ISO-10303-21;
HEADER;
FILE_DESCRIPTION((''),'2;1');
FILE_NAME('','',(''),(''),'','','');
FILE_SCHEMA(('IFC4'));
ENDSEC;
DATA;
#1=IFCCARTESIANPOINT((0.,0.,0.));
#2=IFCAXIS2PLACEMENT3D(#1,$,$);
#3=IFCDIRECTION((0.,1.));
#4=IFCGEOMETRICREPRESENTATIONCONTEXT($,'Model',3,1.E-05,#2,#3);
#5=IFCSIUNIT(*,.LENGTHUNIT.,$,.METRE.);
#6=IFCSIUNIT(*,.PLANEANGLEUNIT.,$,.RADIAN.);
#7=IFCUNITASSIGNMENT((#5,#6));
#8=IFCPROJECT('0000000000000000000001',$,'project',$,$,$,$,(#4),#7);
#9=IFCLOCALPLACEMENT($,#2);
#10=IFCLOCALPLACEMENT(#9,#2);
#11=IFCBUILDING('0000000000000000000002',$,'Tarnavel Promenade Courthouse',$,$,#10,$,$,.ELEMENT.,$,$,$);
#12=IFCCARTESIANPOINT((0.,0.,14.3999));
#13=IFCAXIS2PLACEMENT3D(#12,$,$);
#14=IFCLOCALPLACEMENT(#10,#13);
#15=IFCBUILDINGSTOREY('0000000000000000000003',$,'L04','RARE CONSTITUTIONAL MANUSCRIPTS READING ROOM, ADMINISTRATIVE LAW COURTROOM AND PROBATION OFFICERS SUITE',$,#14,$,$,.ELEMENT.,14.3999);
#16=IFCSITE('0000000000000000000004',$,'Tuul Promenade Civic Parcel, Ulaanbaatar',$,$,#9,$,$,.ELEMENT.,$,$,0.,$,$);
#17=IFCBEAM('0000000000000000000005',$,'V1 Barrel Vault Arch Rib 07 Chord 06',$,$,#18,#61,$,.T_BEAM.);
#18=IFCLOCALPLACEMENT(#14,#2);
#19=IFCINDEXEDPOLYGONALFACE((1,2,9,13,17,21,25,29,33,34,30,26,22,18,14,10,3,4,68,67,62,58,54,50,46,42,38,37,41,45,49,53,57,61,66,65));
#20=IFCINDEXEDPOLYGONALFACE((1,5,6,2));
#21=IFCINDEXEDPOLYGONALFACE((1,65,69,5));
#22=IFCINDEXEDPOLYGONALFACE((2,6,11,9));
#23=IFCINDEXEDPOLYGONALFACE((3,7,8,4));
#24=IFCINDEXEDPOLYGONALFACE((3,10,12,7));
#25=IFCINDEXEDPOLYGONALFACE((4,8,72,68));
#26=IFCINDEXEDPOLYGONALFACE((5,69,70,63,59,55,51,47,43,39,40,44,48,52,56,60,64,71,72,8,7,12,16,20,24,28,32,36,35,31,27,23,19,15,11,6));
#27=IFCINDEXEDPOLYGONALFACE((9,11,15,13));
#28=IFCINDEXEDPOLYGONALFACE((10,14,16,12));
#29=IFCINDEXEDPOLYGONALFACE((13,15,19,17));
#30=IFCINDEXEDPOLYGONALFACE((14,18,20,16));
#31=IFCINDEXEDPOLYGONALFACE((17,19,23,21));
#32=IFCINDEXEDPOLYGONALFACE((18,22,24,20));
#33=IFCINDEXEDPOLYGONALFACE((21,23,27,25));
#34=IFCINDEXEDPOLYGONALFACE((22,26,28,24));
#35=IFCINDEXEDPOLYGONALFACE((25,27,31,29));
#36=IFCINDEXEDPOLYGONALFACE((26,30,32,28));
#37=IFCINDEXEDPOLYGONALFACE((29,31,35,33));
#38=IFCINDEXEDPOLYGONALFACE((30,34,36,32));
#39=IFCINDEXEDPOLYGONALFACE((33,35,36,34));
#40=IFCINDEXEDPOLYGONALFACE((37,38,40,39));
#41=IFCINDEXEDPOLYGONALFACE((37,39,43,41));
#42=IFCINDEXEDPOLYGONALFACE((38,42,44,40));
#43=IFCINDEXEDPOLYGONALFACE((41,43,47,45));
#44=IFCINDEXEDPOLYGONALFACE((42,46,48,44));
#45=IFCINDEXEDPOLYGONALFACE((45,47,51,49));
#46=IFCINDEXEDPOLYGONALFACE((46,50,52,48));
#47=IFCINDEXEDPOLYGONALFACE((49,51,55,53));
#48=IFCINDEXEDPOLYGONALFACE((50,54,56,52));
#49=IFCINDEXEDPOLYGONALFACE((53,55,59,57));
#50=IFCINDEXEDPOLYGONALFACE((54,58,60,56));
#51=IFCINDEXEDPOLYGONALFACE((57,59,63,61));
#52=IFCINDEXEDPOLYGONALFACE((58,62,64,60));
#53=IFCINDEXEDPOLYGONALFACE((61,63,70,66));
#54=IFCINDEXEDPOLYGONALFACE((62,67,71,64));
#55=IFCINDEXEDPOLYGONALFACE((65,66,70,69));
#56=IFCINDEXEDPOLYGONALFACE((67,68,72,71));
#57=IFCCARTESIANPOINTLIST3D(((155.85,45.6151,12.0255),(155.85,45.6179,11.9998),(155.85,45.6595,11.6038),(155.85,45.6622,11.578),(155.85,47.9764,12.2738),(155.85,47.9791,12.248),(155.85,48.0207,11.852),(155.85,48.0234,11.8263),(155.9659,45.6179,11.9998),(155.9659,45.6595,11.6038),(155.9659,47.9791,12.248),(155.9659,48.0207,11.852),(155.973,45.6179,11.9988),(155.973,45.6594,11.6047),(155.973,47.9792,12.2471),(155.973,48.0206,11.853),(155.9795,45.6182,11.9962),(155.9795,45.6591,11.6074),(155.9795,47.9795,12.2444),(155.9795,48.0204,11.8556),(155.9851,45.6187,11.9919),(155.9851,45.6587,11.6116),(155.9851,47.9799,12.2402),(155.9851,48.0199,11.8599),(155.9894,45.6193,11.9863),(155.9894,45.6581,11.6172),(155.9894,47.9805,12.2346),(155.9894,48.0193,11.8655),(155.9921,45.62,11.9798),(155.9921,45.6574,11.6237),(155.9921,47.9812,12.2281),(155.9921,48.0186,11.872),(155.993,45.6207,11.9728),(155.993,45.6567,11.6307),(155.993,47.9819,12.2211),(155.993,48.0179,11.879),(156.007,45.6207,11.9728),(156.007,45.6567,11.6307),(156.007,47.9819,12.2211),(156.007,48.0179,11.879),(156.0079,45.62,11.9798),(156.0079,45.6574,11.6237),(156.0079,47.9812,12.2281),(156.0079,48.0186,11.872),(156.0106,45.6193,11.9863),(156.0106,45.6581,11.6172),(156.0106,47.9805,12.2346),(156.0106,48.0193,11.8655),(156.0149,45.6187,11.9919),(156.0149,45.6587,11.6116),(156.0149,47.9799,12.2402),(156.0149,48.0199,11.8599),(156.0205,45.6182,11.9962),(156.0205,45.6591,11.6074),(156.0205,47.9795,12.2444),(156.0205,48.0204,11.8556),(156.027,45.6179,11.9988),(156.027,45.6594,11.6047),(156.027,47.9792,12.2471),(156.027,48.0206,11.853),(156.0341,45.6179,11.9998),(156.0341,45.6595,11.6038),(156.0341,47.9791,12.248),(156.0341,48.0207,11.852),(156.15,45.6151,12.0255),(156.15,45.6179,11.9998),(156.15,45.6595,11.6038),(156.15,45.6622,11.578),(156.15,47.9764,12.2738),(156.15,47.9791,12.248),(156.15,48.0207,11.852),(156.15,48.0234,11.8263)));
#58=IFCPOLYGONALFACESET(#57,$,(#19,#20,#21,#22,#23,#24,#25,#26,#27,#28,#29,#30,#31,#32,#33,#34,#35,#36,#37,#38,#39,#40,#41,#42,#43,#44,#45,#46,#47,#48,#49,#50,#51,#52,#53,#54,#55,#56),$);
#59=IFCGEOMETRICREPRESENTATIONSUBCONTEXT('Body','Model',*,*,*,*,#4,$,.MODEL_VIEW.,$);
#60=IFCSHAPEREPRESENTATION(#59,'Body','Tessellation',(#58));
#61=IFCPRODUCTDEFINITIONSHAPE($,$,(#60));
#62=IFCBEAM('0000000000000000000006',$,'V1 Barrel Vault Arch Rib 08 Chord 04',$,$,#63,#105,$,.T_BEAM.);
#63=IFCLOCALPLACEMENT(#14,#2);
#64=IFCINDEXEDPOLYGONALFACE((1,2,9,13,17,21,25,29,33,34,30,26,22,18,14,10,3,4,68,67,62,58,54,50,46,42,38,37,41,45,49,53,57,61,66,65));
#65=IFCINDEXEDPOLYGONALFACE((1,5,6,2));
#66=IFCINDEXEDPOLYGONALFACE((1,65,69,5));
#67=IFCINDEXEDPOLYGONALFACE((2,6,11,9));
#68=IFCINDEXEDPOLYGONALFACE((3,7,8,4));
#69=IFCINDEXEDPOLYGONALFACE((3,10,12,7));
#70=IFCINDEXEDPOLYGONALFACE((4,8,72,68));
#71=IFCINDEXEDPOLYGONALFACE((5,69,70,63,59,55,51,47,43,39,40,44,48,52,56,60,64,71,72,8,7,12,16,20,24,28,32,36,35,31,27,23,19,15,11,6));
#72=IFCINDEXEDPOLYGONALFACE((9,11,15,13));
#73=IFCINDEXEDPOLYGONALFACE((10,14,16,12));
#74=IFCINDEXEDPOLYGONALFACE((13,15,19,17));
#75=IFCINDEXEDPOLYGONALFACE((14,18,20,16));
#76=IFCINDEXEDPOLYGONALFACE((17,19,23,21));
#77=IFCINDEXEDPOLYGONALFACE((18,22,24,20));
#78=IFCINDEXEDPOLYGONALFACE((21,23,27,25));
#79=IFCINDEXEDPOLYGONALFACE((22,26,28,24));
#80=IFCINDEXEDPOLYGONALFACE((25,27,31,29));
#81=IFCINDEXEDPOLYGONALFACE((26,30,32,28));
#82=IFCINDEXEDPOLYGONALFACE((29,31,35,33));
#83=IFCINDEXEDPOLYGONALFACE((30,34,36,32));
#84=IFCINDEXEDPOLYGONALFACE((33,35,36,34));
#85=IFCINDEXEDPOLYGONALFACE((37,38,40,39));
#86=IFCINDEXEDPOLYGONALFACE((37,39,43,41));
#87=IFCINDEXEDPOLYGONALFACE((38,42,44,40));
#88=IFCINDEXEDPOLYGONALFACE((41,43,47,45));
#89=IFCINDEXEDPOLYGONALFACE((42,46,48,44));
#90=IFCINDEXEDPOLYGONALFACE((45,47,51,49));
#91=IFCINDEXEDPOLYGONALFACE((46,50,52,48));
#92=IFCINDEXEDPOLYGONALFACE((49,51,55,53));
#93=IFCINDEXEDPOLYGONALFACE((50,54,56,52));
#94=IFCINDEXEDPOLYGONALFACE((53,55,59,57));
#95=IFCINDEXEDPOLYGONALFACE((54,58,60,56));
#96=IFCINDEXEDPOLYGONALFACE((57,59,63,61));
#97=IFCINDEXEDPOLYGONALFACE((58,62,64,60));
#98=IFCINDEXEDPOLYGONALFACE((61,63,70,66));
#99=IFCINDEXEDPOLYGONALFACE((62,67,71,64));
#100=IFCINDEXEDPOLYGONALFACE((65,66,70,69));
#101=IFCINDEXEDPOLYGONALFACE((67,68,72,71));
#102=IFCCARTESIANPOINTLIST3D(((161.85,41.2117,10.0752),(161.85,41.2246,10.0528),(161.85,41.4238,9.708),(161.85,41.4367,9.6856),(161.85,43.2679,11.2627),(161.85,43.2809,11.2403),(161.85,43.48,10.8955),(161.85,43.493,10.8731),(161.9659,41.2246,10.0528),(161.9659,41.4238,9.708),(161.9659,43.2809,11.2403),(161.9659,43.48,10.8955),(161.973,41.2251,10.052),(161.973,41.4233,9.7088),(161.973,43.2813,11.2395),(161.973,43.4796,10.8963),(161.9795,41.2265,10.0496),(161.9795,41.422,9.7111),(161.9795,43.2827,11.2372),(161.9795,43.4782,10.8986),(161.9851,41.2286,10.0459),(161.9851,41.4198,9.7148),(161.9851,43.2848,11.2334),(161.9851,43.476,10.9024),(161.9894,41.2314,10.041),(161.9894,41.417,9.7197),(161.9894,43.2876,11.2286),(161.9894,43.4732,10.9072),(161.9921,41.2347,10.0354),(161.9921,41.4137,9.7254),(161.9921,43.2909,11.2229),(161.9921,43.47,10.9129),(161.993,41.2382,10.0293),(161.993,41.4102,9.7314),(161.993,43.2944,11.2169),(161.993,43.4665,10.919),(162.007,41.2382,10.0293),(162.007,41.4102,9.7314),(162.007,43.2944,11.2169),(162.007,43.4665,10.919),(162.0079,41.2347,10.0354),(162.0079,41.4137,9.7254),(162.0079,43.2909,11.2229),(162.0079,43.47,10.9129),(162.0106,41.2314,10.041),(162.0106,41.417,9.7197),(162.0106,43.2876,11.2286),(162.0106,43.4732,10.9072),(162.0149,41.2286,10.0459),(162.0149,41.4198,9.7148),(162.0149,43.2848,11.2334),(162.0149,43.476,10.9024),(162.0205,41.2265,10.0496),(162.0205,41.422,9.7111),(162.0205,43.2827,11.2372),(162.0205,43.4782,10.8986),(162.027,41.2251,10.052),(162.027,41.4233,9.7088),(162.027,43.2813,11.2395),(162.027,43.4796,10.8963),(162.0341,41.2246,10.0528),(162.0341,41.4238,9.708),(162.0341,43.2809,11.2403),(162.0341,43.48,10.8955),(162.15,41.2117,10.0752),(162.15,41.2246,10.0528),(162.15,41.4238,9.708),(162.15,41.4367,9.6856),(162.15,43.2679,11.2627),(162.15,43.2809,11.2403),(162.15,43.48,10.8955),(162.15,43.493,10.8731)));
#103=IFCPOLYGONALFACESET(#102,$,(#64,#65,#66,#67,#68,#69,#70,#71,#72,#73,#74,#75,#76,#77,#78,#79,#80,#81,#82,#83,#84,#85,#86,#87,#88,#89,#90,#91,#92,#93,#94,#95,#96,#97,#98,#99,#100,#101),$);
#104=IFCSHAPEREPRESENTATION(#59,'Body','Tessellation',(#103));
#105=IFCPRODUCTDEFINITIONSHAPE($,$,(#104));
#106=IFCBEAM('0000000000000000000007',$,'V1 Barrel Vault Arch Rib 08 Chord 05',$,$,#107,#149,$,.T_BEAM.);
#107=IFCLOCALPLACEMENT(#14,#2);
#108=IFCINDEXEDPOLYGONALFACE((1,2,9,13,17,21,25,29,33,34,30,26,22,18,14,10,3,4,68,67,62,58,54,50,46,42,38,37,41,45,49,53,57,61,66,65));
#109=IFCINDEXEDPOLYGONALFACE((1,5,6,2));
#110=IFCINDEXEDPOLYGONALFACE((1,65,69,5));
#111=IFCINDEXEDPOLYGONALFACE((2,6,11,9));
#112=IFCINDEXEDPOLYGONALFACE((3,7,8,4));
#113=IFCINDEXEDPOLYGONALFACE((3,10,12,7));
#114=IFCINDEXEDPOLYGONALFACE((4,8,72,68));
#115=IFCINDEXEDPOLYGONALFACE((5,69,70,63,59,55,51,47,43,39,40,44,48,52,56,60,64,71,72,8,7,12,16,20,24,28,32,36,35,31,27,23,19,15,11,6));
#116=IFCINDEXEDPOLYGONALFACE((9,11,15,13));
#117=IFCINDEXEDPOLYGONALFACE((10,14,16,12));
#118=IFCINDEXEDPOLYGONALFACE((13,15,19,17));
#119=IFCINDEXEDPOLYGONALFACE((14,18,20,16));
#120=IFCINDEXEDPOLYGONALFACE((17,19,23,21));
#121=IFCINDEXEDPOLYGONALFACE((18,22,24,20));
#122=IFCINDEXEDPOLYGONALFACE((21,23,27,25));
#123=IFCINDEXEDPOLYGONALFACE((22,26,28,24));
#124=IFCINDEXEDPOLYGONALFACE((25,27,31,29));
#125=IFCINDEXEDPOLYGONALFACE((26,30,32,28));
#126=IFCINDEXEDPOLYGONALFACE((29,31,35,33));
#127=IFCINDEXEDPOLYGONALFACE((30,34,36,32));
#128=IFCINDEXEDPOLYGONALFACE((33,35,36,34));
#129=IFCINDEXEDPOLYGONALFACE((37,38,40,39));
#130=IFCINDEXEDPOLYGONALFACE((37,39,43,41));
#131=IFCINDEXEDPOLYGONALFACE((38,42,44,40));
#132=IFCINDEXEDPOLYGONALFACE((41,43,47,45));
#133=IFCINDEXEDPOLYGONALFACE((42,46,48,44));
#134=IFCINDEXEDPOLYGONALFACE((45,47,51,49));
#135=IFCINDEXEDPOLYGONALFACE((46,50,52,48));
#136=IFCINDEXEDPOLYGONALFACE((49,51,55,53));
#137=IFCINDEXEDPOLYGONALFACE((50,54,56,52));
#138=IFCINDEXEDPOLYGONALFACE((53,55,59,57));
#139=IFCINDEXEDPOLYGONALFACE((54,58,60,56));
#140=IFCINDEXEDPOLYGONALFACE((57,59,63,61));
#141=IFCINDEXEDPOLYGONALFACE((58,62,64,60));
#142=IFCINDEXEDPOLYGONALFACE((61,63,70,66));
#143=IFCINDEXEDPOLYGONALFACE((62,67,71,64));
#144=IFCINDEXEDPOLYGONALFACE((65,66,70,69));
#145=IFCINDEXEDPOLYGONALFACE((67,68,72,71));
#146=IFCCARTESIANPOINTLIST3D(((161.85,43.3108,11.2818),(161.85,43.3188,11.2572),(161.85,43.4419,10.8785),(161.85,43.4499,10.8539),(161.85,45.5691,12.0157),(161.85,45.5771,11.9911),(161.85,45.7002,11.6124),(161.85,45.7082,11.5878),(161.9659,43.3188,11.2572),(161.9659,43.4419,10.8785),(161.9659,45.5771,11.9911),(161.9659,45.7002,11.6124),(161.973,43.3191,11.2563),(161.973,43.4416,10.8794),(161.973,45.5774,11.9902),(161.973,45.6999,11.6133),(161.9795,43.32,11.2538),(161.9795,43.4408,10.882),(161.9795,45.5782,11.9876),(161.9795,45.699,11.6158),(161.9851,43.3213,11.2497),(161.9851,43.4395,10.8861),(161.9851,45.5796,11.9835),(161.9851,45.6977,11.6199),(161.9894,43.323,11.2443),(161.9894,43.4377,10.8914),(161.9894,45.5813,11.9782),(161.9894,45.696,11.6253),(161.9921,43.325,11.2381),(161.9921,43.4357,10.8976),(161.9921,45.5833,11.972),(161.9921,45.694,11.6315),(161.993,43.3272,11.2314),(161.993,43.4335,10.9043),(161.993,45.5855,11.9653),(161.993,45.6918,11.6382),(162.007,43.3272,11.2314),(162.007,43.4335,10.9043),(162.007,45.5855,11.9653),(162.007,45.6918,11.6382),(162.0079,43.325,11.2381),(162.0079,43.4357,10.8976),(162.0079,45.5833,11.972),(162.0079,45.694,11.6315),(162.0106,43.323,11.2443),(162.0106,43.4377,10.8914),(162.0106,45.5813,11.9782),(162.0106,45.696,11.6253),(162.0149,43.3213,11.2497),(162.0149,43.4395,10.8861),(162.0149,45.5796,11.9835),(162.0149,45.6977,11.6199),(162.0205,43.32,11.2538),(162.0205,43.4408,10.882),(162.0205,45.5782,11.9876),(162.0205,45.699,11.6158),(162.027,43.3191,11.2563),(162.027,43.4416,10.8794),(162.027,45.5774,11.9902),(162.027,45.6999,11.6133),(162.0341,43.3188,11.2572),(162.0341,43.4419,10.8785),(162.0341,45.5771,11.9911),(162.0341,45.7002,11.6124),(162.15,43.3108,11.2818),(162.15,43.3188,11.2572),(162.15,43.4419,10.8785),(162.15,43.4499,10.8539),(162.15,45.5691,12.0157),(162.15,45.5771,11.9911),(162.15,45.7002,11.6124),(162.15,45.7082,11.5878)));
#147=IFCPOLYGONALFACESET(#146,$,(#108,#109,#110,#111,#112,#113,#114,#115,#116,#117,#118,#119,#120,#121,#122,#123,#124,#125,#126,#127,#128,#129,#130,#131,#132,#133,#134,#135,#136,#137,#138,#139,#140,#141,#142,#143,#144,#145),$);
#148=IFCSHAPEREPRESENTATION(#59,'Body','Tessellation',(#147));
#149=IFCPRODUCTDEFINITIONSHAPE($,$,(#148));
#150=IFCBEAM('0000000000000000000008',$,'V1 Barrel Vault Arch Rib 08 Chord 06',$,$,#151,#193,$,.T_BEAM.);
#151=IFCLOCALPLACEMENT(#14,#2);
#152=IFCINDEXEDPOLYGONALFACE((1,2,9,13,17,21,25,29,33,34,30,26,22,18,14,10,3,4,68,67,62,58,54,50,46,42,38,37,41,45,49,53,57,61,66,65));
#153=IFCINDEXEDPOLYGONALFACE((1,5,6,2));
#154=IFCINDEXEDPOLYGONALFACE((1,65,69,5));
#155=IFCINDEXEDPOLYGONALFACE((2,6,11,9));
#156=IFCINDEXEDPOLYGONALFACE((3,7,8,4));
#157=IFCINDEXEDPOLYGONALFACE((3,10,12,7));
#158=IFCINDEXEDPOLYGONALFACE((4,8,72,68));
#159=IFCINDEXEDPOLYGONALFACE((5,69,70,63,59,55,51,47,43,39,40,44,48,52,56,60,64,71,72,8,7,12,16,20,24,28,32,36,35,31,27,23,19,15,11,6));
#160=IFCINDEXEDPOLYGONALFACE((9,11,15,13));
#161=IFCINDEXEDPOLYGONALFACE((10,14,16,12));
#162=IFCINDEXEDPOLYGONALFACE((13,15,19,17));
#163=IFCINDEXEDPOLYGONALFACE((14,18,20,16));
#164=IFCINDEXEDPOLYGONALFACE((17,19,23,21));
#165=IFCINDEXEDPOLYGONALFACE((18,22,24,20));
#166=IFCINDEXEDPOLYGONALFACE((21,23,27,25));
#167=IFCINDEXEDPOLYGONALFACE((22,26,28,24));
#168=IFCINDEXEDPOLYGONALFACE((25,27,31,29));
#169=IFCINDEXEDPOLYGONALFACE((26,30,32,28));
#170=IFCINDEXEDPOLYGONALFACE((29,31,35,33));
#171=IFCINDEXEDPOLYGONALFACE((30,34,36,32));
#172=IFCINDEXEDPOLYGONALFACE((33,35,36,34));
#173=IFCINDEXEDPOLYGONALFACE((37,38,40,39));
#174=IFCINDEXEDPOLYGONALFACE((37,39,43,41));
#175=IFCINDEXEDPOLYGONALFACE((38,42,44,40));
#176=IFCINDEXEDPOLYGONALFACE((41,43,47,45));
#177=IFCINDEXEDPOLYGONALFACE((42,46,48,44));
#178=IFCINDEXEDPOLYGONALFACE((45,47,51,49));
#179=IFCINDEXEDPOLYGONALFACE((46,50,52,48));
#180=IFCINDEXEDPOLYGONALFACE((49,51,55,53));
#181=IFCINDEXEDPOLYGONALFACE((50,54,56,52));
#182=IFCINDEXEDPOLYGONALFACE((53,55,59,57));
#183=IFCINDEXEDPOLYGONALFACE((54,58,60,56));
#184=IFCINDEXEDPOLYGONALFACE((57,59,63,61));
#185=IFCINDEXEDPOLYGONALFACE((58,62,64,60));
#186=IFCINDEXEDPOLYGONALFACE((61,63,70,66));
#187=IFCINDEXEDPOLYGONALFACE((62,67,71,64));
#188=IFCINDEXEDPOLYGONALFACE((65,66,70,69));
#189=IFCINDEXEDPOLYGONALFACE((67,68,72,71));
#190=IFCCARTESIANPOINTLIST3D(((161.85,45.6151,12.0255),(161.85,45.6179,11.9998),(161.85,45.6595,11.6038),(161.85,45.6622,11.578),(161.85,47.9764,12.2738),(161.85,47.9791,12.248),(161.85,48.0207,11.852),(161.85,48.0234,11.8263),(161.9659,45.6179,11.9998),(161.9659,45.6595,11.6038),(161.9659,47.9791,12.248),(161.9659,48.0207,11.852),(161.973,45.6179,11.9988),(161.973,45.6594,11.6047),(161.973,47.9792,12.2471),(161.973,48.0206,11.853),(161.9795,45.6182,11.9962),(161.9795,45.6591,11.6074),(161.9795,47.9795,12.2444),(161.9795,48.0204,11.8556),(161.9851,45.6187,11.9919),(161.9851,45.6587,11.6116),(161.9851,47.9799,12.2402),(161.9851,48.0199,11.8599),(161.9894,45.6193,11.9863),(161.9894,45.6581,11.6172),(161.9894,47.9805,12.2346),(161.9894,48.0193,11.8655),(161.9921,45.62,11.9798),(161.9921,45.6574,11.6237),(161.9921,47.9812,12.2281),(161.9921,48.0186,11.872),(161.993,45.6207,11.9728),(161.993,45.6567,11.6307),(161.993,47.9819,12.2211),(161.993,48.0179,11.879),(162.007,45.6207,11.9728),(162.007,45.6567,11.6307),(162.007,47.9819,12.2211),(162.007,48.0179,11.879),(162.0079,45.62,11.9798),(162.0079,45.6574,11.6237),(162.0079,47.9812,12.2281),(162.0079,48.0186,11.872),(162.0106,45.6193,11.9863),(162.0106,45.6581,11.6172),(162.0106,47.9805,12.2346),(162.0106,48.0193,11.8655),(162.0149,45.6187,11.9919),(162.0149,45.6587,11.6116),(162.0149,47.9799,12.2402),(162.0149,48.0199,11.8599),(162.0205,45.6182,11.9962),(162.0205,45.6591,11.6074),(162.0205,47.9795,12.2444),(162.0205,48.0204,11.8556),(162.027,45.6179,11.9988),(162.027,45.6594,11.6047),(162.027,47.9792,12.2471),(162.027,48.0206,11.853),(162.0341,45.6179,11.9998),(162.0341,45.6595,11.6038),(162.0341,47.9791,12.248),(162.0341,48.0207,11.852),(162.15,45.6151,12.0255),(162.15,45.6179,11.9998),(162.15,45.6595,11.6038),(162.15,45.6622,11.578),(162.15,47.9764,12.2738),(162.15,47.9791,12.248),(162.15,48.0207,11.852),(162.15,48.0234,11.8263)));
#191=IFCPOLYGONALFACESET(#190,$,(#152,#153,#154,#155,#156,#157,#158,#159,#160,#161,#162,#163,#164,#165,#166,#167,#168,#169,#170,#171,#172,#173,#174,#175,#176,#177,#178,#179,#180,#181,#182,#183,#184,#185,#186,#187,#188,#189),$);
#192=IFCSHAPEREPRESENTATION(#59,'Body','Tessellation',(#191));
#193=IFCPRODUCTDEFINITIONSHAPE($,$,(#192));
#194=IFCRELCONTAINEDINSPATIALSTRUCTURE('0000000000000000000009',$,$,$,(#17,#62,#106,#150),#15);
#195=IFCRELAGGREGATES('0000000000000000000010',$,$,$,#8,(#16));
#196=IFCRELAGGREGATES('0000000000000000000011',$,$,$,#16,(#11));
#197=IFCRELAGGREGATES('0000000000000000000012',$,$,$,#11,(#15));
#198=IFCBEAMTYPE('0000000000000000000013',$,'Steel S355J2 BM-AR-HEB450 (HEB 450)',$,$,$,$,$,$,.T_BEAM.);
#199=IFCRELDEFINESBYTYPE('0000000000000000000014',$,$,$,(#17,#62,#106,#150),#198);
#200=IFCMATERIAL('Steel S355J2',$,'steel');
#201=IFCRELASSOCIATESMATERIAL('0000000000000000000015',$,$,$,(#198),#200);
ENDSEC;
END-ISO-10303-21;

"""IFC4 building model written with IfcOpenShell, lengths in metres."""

from ifc_helpers import new_model, si_unit, direction, frame, origin, origin_2d, place, context, subcontext, project, spatial, i_section, extrude, material, material_profile, profile_set, type_object, element, save


model = new_model("IFC4")

# Units and contexts
model_context = context("Model", 3, precision=1e-05, world=origin(), true_north=direction((0.0, 1.0)))
body_context = subcontext(model_context, "Body", "Model", "MODEL_VIEW")
ifc_project = project(units=[si_unit("LENGTHUNIT", "METRE"), si_unit("PLANEANGLEUNIT", "RADIAN")], contexts=[model_context])

# Site, building, storey
site_placement = place(None, origin())
site = spatial("IfcSite", under=ifc_project, at=site_placement, Name="Tuul Promenade Civic Parcel, Ulaanbaatar", CompositionType="ELEMENT", RefElevation=0.0)
building_placement = place(site_placement, origin())
building = spatial("IfcBuilding", under=site, at=building_placement, Name="Tarnavel Promenade Courthouse", CompositionType="ELEMENT")
storey_placement = place(building_placement, frame((0.0, 0.0, 14.3999)))
storey = spatial("IfcBuildingStorey", under=building, at=storey_placement, Name="L04", Description="RARE CONSTITUTIONAL MANUSCRIPTS READING ROOM, ADMINISTRATIVE LAW COURTROOM AND PROBATION OFFICERS SUITE", CompositionType="ELEMENT", Elevation=14.3999)

# Beams
ifc_material_1 = material(Name="Steel S355J2", Category="steel")
ifc_material_profile_1 = material_profile(ifc_material_1, i_section(OverallWidth=0.3, OverallDepth=0.45, WebThickness=0.0139, FlangeThickness=0.0259, FilletRadius=0.0271, at=origin_2d()), Name="HEB 450")
ifc_profile_set_1 = profile_set([ifc_material_profile_1], Name="Steel S355J2")
beam_type = type_object("IfcBeamType", Name="Steel S355J2 BM-AR-HEB450 (HEB 450)", PredefinedType="T_BEAM", material=ifc_profile_set_1)
beam_1_placement = place(storey_placement, frame((156.0, 45.6387, 11.8018), z_axis=(0.0, 0.994517, 0.104572), x_axis=(-1.0, 0.0, 0.0)))
element("IfcBeam", 1, at=beam_1_placement, inside=storey, type_object=beam_type, Name="V1 Barrel Vault Arch Rib 07 Chord 06", PredefinedType="T_BEAM", context=body_context, shape_type="SweptSolid", body=[
    extrude(i_section(OverallWidth=0.3, OverallDepth=0.45, WebThickness=0.0139, FlangeThickness=0.0259, FilletRadius=0.0271, at=origin_2d()), origin(), (0.0, 0.0, 1.0), 2.3743),
])
for number, where, z_axis, x_axis, name in (
    (2, (162.0, 41.3242, 9.8804), (0.0, 0.865956, 0.50012), (-1.0, 0.0, 0.0), "V1 Barrel Vault Arch Rib 08 Chord 04"),
    (3, (162.0, 43.3804, 11.0679), (0.0, 0.951042, 0.309063), (-1.0, 0.0, 0.0), "V1 Barrel Vault Arch Rib 08 Chord 05"),
):
    element("IfcBeam", number, at=place(storey_placement, frame(where, z_axis=z_axis, x_axis=x_axis)), inside=storey, type_object=beam_type, Name=name, PredefinedType="T_BEAM", context=body_context, shape_type="SweptSolid", body=[
        extrude(i_section(OverallWidth=0.3, OverallDepth=0.45, WebThickness=0.0139, FlangeThickness=0.0259, FilletRadius=0.0271, at=origin_2d()), origin(), (0.0, 0.0, 1.0), 2.3745),
    ])
beam_2_placement = place(storey_placement, frame((162.0, 45.6387, 11.8018), z_axis=(0.0, 0.994517, 0.104572), x_axis=(-1.0, 0.0, 0.0)))
element("IfcBeam", 4, at=beam_2_placement, inside=storey, type_object=beam_type, Name="V1 Barrel Vault Arch Rib 08 Chord 06", PredefinedType="T_BEAM", context=body_context, shape_type="SweptSolid", body=[
    extrude(i_section(OverallWidth=0.3, OverallDepth=0.45, WebThickness=0.0139, FlangeThickness=0.0259, FilletRadius=0.0271, at=origin_2d()), origin(), (0.0, 0.0, 1.0), 2.3743),
])

save(model, "model.ifc")
